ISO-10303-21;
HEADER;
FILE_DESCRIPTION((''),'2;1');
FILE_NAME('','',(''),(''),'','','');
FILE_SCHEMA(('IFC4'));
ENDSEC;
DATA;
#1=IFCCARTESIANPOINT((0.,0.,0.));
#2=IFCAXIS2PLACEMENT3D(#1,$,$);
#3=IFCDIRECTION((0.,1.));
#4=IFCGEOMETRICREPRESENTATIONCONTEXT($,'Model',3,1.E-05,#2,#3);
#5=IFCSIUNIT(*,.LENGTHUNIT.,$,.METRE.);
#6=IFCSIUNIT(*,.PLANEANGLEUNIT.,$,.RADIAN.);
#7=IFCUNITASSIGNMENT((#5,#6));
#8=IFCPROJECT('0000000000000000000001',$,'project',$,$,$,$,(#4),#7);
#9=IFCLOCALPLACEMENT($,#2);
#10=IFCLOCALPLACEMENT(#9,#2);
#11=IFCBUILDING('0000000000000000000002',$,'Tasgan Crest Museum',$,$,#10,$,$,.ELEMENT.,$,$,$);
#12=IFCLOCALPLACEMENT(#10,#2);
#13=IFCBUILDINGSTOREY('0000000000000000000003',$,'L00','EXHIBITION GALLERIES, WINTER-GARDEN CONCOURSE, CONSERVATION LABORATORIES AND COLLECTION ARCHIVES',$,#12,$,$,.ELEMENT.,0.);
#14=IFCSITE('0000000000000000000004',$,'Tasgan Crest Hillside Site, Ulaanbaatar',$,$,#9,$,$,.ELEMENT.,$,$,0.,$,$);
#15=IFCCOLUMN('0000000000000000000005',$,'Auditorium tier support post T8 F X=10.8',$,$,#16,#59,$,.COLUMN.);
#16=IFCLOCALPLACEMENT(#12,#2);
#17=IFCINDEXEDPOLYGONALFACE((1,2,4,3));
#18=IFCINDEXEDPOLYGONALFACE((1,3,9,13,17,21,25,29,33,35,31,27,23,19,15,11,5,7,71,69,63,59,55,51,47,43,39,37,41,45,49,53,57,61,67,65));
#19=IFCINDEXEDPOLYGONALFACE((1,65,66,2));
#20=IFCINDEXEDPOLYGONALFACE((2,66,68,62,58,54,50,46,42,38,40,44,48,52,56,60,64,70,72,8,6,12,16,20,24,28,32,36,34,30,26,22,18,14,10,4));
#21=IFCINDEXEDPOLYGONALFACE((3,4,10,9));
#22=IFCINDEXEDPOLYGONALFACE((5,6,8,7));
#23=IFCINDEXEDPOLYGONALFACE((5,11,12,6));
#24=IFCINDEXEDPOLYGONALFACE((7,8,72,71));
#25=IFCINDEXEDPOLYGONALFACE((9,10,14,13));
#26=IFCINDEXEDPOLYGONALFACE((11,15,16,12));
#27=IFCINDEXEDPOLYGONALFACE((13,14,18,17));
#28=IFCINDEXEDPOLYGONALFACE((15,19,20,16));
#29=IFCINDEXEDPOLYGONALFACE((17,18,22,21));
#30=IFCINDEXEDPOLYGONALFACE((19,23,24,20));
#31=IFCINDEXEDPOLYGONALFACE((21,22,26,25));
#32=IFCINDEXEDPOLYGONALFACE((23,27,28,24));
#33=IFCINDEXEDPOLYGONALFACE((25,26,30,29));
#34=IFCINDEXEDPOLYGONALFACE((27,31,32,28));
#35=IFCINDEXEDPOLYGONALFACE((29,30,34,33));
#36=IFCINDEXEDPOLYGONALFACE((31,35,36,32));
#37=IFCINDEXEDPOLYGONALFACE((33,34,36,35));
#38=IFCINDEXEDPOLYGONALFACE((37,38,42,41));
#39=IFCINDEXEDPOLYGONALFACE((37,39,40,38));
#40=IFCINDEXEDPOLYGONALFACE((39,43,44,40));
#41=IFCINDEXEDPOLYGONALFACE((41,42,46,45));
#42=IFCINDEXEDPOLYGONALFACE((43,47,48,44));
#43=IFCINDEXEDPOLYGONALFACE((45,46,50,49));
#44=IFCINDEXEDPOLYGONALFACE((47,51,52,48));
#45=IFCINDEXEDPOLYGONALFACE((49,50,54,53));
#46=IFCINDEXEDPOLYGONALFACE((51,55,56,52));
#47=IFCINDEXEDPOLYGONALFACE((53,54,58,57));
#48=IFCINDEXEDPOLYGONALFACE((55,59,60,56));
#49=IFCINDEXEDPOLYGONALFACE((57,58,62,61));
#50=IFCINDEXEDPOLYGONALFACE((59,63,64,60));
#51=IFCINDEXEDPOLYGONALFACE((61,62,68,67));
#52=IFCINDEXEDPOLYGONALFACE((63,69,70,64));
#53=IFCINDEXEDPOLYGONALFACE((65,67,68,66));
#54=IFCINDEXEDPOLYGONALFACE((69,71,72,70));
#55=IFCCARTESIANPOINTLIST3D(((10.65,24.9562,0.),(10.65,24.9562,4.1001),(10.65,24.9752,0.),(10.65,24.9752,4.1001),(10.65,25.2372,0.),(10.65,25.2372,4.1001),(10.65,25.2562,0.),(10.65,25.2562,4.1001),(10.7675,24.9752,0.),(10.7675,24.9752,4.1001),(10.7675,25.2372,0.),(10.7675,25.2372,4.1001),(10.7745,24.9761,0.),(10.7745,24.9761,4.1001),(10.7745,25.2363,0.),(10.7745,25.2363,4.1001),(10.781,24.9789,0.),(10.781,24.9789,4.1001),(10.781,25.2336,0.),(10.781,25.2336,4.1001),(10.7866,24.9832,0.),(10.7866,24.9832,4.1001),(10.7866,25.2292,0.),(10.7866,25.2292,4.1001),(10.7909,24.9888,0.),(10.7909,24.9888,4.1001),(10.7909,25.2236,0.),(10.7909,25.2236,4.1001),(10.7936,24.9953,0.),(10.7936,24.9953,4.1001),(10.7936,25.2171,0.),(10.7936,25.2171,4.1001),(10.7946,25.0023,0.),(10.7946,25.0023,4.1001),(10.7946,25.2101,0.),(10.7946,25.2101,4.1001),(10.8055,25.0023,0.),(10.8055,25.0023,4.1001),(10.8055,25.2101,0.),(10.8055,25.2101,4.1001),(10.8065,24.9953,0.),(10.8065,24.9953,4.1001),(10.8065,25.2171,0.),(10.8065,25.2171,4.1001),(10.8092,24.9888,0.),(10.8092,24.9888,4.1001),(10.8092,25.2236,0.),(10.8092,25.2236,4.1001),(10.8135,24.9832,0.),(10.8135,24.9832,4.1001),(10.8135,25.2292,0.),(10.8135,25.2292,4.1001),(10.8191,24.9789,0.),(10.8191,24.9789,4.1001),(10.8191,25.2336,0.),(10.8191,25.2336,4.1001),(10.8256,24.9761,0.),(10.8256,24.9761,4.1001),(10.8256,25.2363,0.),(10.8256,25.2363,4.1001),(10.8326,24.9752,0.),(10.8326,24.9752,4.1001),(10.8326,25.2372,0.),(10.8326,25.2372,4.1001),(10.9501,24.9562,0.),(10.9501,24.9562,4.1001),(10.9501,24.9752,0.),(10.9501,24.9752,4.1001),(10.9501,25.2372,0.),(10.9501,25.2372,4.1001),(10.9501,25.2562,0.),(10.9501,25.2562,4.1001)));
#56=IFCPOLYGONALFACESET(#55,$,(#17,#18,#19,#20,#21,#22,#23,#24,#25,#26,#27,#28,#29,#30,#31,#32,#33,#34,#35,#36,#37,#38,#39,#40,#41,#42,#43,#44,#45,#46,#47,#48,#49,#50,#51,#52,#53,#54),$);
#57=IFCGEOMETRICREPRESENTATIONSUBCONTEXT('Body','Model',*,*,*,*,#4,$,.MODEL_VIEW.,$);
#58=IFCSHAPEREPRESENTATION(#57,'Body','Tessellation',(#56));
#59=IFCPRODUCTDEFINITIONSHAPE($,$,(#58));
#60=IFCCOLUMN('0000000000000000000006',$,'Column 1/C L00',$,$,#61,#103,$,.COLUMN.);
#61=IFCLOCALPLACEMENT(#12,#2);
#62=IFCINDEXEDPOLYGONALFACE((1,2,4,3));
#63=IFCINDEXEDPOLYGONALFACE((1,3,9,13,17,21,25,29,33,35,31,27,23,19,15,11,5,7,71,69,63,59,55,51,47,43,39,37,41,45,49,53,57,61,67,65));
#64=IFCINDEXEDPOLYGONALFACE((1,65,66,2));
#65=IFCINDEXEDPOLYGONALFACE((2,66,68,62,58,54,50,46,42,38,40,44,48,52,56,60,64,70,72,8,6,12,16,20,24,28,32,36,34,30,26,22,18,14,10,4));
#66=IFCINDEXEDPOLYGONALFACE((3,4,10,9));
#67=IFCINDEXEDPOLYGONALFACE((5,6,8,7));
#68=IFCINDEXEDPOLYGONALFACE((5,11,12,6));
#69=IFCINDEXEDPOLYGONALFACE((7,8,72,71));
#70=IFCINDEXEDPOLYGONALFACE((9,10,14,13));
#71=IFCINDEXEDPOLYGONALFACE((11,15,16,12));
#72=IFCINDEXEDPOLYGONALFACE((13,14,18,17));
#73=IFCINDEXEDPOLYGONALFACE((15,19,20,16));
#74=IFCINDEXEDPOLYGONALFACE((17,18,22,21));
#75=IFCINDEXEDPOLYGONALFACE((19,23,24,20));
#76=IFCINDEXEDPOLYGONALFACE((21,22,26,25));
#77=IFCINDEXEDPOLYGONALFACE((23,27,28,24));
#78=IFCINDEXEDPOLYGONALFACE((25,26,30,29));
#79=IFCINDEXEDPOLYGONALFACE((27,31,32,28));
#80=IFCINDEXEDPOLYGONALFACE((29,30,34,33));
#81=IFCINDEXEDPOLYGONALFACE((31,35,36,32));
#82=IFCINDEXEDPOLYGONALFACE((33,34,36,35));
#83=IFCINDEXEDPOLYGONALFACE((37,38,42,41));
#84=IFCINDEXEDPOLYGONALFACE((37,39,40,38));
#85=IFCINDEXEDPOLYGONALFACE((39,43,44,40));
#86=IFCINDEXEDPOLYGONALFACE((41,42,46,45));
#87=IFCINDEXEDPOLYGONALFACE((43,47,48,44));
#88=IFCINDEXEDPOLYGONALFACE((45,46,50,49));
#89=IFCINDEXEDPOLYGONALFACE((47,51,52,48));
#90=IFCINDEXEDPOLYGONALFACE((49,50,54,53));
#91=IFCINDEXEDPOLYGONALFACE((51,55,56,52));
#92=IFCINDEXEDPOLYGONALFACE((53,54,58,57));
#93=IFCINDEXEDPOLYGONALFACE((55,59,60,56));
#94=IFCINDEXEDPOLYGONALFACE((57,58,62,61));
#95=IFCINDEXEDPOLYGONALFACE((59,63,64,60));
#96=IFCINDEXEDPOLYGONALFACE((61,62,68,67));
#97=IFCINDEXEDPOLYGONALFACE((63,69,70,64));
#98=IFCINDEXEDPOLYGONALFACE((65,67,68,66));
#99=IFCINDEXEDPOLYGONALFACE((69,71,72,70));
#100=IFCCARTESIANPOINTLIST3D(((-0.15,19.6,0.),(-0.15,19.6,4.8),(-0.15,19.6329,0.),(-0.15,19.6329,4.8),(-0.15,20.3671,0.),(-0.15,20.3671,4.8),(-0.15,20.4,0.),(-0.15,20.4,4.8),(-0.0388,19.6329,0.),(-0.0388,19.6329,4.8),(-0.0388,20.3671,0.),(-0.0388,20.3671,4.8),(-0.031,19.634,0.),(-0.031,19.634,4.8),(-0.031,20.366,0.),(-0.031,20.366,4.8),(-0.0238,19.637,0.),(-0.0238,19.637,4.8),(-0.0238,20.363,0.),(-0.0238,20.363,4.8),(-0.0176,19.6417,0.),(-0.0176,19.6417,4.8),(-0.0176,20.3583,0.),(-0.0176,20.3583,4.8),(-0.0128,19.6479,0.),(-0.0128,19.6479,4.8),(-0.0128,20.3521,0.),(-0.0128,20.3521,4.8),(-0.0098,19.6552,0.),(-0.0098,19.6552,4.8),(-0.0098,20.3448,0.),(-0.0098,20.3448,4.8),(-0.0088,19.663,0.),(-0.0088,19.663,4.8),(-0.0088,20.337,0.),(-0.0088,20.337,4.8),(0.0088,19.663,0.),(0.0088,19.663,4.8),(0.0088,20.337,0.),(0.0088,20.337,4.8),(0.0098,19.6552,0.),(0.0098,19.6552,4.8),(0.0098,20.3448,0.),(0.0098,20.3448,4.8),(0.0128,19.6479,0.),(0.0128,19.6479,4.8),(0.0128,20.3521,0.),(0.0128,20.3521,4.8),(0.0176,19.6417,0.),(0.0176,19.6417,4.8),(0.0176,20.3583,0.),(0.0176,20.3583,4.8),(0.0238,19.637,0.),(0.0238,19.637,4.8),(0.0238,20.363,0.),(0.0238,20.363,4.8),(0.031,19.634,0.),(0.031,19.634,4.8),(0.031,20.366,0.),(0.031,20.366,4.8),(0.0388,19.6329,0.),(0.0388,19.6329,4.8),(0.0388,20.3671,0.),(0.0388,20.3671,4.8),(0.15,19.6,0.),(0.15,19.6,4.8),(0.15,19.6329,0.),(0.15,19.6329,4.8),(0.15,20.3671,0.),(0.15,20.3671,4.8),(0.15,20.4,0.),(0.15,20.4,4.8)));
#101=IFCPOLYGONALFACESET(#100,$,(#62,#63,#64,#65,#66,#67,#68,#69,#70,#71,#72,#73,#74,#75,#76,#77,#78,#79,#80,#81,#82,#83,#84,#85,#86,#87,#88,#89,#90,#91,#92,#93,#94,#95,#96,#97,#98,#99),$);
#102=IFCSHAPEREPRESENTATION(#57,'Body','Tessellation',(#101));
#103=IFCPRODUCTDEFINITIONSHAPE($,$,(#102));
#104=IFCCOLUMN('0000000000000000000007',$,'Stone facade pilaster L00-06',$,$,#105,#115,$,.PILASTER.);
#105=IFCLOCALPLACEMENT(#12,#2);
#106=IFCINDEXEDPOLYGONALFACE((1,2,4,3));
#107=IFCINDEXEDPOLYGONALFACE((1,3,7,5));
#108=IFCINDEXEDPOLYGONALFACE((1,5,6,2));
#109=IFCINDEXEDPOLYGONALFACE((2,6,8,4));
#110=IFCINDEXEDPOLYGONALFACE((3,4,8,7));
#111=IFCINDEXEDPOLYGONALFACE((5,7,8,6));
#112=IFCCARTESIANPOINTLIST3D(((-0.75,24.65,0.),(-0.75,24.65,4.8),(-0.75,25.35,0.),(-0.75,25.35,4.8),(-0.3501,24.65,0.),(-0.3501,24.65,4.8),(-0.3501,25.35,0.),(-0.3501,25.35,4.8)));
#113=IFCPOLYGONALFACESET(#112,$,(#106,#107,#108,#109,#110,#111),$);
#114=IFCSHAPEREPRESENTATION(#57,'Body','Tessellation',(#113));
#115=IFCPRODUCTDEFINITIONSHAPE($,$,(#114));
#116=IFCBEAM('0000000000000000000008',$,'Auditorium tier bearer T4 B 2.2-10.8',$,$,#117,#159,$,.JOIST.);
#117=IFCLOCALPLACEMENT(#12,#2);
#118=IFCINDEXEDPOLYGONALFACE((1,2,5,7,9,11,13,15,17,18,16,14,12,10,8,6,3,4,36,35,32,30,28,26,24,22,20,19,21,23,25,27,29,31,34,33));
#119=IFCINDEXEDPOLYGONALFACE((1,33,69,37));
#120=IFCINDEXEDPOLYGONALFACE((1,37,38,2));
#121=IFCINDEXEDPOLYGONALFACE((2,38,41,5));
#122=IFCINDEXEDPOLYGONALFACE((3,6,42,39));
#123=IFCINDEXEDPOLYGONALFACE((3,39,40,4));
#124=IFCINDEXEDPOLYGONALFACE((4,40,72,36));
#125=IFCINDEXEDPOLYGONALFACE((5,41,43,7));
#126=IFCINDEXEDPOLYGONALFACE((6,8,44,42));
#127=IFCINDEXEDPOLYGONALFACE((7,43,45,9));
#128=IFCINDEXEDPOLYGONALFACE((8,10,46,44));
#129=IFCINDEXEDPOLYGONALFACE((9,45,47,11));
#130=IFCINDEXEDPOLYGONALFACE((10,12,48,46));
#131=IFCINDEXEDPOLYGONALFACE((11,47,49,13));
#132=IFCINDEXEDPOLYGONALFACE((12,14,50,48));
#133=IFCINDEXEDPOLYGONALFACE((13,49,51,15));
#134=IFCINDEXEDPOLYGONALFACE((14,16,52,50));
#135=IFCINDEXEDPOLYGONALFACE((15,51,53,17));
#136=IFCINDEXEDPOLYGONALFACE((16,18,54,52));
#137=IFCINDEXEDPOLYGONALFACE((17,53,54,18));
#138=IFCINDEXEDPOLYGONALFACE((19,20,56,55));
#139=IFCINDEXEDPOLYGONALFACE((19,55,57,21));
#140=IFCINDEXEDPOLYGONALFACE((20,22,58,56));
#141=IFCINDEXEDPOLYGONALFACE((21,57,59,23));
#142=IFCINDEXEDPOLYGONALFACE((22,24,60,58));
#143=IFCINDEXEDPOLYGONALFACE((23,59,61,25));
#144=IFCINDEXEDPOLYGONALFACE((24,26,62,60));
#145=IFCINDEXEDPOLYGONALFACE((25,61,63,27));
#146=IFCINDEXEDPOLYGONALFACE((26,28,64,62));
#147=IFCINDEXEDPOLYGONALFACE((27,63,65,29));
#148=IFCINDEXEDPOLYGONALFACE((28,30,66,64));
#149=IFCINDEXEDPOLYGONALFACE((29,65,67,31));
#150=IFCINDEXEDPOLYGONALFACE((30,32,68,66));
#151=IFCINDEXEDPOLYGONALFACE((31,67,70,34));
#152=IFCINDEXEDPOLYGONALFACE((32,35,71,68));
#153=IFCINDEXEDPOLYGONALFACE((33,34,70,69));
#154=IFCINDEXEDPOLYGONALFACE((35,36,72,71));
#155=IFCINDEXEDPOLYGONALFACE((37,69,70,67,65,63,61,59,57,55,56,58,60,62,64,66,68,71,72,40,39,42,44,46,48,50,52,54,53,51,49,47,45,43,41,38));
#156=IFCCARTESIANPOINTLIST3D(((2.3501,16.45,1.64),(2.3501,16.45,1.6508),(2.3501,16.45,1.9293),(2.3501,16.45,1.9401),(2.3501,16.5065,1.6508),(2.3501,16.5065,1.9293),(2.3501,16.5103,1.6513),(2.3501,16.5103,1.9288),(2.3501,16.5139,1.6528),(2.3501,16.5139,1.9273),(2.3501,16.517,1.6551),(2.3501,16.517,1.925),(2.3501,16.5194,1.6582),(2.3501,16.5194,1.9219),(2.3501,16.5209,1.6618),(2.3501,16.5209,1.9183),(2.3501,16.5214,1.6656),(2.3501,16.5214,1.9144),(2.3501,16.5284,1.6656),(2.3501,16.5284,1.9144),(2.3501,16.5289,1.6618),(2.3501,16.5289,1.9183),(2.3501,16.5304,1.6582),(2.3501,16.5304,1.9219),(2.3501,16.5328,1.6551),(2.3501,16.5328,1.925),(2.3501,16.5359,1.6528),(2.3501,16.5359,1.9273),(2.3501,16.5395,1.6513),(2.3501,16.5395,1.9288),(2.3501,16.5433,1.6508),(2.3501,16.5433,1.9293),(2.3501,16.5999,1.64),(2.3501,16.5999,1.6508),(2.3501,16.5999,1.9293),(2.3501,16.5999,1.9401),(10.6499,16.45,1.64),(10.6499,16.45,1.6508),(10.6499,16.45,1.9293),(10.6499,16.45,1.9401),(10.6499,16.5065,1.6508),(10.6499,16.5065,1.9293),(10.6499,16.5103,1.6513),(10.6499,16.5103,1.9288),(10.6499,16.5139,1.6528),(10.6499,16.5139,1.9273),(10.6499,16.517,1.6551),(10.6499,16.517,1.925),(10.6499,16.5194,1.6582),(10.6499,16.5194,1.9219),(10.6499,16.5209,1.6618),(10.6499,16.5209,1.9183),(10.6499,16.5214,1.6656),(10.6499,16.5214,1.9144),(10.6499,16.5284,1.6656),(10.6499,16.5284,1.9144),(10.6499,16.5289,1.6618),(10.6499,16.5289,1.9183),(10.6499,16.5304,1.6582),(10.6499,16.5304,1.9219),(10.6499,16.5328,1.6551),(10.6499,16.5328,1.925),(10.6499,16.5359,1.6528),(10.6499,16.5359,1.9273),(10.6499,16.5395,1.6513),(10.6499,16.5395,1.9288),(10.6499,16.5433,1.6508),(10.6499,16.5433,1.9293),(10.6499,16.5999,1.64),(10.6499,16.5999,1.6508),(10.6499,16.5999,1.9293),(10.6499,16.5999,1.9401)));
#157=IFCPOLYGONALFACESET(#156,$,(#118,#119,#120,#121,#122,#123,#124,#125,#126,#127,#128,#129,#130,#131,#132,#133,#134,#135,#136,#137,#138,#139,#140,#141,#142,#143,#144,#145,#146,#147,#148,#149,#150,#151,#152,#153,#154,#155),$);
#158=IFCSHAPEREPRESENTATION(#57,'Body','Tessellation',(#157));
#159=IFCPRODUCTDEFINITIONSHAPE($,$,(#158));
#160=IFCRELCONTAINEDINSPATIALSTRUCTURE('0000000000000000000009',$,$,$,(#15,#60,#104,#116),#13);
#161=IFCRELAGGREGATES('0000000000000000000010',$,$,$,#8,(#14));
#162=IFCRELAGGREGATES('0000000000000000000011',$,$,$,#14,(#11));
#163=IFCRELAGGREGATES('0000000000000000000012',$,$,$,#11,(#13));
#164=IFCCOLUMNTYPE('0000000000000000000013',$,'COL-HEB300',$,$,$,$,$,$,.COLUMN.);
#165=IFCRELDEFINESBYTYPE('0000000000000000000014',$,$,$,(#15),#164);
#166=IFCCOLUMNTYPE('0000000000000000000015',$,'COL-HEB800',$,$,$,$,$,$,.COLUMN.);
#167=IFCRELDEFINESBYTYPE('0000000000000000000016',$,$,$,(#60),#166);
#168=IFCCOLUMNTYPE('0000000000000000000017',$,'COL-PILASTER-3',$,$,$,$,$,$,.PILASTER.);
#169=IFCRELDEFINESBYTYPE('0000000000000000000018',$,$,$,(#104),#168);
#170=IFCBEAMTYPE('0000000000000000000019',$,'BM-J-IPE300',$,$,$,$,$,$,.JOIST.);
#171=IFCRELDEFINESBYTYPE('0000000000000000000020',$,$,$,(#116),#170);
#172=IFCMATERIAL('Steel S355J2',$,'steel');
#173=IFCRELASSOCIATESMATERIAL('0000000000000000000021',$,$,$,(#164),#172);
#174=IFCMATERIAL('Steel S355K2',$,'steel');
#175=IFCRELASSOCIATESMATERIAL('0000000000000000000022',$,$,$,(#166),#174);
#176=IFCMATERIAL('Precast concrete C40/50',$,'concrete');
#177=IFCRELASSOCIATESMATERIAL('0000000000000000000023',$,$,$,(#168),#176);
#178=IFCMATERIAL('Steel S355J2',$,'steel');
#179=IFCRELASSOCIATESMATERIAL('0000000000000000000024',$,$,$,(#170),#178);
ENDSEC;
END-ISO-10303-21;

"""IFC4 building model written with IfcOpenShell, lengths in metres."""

from ifc_helpers import new_model, si_unit, direction, frame, origin, origin_2d, place, context, subcontext, project, spatial, rectangle, i_section, extrude, material, material_profile, profile_set, type_object, element, save


model = new_model("IFC4")

# Units and contexts
model_context = context("Model", 3, precision=1e-05, world=origin(), true_north=direction((0.0, 1.0)))
body_context = subcontext(model_context, "Body", "Model", "MODEL_VIEW")
ifc_project = project(units=[si_unit("LENGTHUNIT", "METRE"), si_unit("PLANEANGLEUNIT", "RADIAN")], contexts=[model_context])

# Site, building, storey
site_placement = place(None, origin())
site = spatial("IfcSite", under=ifc_project, at=site_placement, Name="Tasgan Crest Hillside Site, Ulaanbaatar", CompositionType="ELEMENT", RefElevation=0.0)
building_placement = place(site_placement, origin())
building = spatial("IfcBuilding", under=site, at=building_placement, Name="Tasgan Crest Museum", CompositionType="ELEMENT")
storey_placement = place(building_placement, origin())
storey = spatial("IfcBuildingStorey", under=building, at=storey_placement, Name="L00", Description="EXHIBITION GALLERIES, WINTER-GARDEN CONCOURSE, CONSERVATION LABORATORIES AND COLLECTION ARCHIVES", CompositionType="ELEMENT", Elevation=0.0)

# Columns
ifc_material_1 = material(Name="Steel S355J2", Category="steel")
ifc_material_profile_1 = material_profile(ifc_material_1, i_section(OverallWidth=0.3, OverallDepth=0.3, WebThickness=0.011, FlangeThickness=0.019, FilletRadius=0.0271, at=origin_2d()), Name="HEB 300")
ifc_profile_set_1 = profile_set([ifc_material_profile_1], Name="Steel S355J2")
column_type_1 = type_object("IfcColumnType", Name="COL-HEB300", PredefinedType="COLUMN", material=ifc_profile_set_1)
for number, where, z_axis, x_axis, name in (
    (1, (10.8, 25.1062, 0.0), (0.0, 0.0, 1.0), (1.0, 0.0, 0.0), "Auditorium tier support post T8 F X=10.8"),
):
    element("IfcColumn", number, at=place(storey_placement, frame(where, z_axis=z_axis, x_axis=x_axis)), inside=storey, type_object=column_type_1, Name=name, PredefinedType="COLUMN", context=body_context, shape_type="SweptSolid", body=[
        extrude(i_section(OverallWidth=0.3, OverallDepth=0.3, WebThickness=0.011, FlangeThickness=0.019, FilletRadius=0.0271, at=origin_2d()), origin(), (0.0, 0.0, 1.0), 4.1001),
    ])
ifc_material_2 = material(Name="Steel S355K2", Category="steel")
ifc_material_profile_2 = material_profile(ifc_material_2, i_section(OverallWidth=0.3, OverallDepth=0.8, WebThickness=0.0176, FlangeThickness=0.033, FilletRadius=0.03, at=origin_2d()), Name="HEB 800")
ifc_profile_set_2 = profile_set([ifc_material_profile_2], Name="Steel S355K2")
column_type_2 = type_object("IfcColumnType", Name="COL-HEB800", PredefinedType="COLUMN", material=ifc_profile_set_2)
column_1_placement = place(storey_placement, frame((0.0, 20.0, 0.0), z_axis=(0.0, 0.0, 1.0), x_axis=(1.0, 0.0, 0.0)))
element("IfcColumn", 2, at=column_1_placement, inside=storey, type_object=column_type_2, Name="Column 1/C L00", PredefinedType="COLUMN", context=body_context, shape_type="SweptSolid", body=[
    extrude(i_section(OverallWidth=0.3, OverallDepth=0.8, WebThickness=0.0176, FlangeThickness=0.033, FilletRadius=0.03, at=origin_2d()), origin(), (0.0, 0.0, 1.0), 4.8),
])
ifc_material_3 = material(Name="Precast concrete C40/50", Category="concrete")
ifc_material_profile_3 = material_profile(ifc_material_3, rectangle(XDim=0.3999, YDim=0.7, at=origin_2d()), Name="RC 400x700")
ifc_profile_set_3 = profile_set([ifc_material_profile_3], Name="Precast concrete C40/50")
column_type_3 = type_object("IfcColumnType", Name="COL-PILASTER-3", PredefinedType="PILASTER", material=ifc_profile_set_3)
column_2_placement = place(storey_placement, frame((-0.55, 25.0, 0.0), z_axis=(0.0, 0.0, 1.0), x_axis=(1.0, 0.0, 0.0)))
element("IfcColumn", 3, at=column_2_placement, inside=storey, type_object=column_type_3, Name="Stone facade pilaster L00-06", PredefinedType="PILASTER", context=body_context, shape_type="SweptSolid", body=[
    extrude(rectangle(XDim=0.3999, YDim=0.7, at=origin_2d()), origin(), (0.0, 0.0, 1.0), 4.8),
])

# Beam
ifc_material_4 = material(Name="Steel S355J2", Category="steel")
ifc_material_profile_4 = material_profile(ifc_material_4, i_section(OverallWidth=0.1499, OverallDepth=0.3, WebThickness=0.0071, FlangeThickness=0.0107, FilletRadius=0.0149, at=origin_2d()), Name="IPE 300")
ifc_profile_set_4 = profile_set([ifc_material_profile_4], Name="Steel S355J2")
beam_type = type_object("IfcBeamType", Name="BM-J-IPE300", PredefinedType="JOIST", material=ifc_profile_set_4)
for number, where, z_axis, x_axis, name in (
    (4, (2.3501, 16.5249, 1.79), (1.0, 0.0, 0.0), (0.0, 1.0, 0.0), "Auditorium tier bearer T4 B 2.2-10.8"),
):
    element("IfcBeam", number, at=place(storey_placement, frame(where, z_axis=z_axis, x_axis=x_axis)), inside=storey, type_object=beam_type, Name=name, PredefinedType="JOIST", context=body_context, shape_type="SweptSolid", body=[
        extrude(i_section(OverallWidth=0.1499, OverallDepth=0.3, WebThickness=0.0071, FlangeThickness=0.0107, FilletRadius=0.0149, at=origin_2d()), origin(), (0.0, 0.0, 1.0), 8.2998),
    ])

save(model, "model.ifc")
